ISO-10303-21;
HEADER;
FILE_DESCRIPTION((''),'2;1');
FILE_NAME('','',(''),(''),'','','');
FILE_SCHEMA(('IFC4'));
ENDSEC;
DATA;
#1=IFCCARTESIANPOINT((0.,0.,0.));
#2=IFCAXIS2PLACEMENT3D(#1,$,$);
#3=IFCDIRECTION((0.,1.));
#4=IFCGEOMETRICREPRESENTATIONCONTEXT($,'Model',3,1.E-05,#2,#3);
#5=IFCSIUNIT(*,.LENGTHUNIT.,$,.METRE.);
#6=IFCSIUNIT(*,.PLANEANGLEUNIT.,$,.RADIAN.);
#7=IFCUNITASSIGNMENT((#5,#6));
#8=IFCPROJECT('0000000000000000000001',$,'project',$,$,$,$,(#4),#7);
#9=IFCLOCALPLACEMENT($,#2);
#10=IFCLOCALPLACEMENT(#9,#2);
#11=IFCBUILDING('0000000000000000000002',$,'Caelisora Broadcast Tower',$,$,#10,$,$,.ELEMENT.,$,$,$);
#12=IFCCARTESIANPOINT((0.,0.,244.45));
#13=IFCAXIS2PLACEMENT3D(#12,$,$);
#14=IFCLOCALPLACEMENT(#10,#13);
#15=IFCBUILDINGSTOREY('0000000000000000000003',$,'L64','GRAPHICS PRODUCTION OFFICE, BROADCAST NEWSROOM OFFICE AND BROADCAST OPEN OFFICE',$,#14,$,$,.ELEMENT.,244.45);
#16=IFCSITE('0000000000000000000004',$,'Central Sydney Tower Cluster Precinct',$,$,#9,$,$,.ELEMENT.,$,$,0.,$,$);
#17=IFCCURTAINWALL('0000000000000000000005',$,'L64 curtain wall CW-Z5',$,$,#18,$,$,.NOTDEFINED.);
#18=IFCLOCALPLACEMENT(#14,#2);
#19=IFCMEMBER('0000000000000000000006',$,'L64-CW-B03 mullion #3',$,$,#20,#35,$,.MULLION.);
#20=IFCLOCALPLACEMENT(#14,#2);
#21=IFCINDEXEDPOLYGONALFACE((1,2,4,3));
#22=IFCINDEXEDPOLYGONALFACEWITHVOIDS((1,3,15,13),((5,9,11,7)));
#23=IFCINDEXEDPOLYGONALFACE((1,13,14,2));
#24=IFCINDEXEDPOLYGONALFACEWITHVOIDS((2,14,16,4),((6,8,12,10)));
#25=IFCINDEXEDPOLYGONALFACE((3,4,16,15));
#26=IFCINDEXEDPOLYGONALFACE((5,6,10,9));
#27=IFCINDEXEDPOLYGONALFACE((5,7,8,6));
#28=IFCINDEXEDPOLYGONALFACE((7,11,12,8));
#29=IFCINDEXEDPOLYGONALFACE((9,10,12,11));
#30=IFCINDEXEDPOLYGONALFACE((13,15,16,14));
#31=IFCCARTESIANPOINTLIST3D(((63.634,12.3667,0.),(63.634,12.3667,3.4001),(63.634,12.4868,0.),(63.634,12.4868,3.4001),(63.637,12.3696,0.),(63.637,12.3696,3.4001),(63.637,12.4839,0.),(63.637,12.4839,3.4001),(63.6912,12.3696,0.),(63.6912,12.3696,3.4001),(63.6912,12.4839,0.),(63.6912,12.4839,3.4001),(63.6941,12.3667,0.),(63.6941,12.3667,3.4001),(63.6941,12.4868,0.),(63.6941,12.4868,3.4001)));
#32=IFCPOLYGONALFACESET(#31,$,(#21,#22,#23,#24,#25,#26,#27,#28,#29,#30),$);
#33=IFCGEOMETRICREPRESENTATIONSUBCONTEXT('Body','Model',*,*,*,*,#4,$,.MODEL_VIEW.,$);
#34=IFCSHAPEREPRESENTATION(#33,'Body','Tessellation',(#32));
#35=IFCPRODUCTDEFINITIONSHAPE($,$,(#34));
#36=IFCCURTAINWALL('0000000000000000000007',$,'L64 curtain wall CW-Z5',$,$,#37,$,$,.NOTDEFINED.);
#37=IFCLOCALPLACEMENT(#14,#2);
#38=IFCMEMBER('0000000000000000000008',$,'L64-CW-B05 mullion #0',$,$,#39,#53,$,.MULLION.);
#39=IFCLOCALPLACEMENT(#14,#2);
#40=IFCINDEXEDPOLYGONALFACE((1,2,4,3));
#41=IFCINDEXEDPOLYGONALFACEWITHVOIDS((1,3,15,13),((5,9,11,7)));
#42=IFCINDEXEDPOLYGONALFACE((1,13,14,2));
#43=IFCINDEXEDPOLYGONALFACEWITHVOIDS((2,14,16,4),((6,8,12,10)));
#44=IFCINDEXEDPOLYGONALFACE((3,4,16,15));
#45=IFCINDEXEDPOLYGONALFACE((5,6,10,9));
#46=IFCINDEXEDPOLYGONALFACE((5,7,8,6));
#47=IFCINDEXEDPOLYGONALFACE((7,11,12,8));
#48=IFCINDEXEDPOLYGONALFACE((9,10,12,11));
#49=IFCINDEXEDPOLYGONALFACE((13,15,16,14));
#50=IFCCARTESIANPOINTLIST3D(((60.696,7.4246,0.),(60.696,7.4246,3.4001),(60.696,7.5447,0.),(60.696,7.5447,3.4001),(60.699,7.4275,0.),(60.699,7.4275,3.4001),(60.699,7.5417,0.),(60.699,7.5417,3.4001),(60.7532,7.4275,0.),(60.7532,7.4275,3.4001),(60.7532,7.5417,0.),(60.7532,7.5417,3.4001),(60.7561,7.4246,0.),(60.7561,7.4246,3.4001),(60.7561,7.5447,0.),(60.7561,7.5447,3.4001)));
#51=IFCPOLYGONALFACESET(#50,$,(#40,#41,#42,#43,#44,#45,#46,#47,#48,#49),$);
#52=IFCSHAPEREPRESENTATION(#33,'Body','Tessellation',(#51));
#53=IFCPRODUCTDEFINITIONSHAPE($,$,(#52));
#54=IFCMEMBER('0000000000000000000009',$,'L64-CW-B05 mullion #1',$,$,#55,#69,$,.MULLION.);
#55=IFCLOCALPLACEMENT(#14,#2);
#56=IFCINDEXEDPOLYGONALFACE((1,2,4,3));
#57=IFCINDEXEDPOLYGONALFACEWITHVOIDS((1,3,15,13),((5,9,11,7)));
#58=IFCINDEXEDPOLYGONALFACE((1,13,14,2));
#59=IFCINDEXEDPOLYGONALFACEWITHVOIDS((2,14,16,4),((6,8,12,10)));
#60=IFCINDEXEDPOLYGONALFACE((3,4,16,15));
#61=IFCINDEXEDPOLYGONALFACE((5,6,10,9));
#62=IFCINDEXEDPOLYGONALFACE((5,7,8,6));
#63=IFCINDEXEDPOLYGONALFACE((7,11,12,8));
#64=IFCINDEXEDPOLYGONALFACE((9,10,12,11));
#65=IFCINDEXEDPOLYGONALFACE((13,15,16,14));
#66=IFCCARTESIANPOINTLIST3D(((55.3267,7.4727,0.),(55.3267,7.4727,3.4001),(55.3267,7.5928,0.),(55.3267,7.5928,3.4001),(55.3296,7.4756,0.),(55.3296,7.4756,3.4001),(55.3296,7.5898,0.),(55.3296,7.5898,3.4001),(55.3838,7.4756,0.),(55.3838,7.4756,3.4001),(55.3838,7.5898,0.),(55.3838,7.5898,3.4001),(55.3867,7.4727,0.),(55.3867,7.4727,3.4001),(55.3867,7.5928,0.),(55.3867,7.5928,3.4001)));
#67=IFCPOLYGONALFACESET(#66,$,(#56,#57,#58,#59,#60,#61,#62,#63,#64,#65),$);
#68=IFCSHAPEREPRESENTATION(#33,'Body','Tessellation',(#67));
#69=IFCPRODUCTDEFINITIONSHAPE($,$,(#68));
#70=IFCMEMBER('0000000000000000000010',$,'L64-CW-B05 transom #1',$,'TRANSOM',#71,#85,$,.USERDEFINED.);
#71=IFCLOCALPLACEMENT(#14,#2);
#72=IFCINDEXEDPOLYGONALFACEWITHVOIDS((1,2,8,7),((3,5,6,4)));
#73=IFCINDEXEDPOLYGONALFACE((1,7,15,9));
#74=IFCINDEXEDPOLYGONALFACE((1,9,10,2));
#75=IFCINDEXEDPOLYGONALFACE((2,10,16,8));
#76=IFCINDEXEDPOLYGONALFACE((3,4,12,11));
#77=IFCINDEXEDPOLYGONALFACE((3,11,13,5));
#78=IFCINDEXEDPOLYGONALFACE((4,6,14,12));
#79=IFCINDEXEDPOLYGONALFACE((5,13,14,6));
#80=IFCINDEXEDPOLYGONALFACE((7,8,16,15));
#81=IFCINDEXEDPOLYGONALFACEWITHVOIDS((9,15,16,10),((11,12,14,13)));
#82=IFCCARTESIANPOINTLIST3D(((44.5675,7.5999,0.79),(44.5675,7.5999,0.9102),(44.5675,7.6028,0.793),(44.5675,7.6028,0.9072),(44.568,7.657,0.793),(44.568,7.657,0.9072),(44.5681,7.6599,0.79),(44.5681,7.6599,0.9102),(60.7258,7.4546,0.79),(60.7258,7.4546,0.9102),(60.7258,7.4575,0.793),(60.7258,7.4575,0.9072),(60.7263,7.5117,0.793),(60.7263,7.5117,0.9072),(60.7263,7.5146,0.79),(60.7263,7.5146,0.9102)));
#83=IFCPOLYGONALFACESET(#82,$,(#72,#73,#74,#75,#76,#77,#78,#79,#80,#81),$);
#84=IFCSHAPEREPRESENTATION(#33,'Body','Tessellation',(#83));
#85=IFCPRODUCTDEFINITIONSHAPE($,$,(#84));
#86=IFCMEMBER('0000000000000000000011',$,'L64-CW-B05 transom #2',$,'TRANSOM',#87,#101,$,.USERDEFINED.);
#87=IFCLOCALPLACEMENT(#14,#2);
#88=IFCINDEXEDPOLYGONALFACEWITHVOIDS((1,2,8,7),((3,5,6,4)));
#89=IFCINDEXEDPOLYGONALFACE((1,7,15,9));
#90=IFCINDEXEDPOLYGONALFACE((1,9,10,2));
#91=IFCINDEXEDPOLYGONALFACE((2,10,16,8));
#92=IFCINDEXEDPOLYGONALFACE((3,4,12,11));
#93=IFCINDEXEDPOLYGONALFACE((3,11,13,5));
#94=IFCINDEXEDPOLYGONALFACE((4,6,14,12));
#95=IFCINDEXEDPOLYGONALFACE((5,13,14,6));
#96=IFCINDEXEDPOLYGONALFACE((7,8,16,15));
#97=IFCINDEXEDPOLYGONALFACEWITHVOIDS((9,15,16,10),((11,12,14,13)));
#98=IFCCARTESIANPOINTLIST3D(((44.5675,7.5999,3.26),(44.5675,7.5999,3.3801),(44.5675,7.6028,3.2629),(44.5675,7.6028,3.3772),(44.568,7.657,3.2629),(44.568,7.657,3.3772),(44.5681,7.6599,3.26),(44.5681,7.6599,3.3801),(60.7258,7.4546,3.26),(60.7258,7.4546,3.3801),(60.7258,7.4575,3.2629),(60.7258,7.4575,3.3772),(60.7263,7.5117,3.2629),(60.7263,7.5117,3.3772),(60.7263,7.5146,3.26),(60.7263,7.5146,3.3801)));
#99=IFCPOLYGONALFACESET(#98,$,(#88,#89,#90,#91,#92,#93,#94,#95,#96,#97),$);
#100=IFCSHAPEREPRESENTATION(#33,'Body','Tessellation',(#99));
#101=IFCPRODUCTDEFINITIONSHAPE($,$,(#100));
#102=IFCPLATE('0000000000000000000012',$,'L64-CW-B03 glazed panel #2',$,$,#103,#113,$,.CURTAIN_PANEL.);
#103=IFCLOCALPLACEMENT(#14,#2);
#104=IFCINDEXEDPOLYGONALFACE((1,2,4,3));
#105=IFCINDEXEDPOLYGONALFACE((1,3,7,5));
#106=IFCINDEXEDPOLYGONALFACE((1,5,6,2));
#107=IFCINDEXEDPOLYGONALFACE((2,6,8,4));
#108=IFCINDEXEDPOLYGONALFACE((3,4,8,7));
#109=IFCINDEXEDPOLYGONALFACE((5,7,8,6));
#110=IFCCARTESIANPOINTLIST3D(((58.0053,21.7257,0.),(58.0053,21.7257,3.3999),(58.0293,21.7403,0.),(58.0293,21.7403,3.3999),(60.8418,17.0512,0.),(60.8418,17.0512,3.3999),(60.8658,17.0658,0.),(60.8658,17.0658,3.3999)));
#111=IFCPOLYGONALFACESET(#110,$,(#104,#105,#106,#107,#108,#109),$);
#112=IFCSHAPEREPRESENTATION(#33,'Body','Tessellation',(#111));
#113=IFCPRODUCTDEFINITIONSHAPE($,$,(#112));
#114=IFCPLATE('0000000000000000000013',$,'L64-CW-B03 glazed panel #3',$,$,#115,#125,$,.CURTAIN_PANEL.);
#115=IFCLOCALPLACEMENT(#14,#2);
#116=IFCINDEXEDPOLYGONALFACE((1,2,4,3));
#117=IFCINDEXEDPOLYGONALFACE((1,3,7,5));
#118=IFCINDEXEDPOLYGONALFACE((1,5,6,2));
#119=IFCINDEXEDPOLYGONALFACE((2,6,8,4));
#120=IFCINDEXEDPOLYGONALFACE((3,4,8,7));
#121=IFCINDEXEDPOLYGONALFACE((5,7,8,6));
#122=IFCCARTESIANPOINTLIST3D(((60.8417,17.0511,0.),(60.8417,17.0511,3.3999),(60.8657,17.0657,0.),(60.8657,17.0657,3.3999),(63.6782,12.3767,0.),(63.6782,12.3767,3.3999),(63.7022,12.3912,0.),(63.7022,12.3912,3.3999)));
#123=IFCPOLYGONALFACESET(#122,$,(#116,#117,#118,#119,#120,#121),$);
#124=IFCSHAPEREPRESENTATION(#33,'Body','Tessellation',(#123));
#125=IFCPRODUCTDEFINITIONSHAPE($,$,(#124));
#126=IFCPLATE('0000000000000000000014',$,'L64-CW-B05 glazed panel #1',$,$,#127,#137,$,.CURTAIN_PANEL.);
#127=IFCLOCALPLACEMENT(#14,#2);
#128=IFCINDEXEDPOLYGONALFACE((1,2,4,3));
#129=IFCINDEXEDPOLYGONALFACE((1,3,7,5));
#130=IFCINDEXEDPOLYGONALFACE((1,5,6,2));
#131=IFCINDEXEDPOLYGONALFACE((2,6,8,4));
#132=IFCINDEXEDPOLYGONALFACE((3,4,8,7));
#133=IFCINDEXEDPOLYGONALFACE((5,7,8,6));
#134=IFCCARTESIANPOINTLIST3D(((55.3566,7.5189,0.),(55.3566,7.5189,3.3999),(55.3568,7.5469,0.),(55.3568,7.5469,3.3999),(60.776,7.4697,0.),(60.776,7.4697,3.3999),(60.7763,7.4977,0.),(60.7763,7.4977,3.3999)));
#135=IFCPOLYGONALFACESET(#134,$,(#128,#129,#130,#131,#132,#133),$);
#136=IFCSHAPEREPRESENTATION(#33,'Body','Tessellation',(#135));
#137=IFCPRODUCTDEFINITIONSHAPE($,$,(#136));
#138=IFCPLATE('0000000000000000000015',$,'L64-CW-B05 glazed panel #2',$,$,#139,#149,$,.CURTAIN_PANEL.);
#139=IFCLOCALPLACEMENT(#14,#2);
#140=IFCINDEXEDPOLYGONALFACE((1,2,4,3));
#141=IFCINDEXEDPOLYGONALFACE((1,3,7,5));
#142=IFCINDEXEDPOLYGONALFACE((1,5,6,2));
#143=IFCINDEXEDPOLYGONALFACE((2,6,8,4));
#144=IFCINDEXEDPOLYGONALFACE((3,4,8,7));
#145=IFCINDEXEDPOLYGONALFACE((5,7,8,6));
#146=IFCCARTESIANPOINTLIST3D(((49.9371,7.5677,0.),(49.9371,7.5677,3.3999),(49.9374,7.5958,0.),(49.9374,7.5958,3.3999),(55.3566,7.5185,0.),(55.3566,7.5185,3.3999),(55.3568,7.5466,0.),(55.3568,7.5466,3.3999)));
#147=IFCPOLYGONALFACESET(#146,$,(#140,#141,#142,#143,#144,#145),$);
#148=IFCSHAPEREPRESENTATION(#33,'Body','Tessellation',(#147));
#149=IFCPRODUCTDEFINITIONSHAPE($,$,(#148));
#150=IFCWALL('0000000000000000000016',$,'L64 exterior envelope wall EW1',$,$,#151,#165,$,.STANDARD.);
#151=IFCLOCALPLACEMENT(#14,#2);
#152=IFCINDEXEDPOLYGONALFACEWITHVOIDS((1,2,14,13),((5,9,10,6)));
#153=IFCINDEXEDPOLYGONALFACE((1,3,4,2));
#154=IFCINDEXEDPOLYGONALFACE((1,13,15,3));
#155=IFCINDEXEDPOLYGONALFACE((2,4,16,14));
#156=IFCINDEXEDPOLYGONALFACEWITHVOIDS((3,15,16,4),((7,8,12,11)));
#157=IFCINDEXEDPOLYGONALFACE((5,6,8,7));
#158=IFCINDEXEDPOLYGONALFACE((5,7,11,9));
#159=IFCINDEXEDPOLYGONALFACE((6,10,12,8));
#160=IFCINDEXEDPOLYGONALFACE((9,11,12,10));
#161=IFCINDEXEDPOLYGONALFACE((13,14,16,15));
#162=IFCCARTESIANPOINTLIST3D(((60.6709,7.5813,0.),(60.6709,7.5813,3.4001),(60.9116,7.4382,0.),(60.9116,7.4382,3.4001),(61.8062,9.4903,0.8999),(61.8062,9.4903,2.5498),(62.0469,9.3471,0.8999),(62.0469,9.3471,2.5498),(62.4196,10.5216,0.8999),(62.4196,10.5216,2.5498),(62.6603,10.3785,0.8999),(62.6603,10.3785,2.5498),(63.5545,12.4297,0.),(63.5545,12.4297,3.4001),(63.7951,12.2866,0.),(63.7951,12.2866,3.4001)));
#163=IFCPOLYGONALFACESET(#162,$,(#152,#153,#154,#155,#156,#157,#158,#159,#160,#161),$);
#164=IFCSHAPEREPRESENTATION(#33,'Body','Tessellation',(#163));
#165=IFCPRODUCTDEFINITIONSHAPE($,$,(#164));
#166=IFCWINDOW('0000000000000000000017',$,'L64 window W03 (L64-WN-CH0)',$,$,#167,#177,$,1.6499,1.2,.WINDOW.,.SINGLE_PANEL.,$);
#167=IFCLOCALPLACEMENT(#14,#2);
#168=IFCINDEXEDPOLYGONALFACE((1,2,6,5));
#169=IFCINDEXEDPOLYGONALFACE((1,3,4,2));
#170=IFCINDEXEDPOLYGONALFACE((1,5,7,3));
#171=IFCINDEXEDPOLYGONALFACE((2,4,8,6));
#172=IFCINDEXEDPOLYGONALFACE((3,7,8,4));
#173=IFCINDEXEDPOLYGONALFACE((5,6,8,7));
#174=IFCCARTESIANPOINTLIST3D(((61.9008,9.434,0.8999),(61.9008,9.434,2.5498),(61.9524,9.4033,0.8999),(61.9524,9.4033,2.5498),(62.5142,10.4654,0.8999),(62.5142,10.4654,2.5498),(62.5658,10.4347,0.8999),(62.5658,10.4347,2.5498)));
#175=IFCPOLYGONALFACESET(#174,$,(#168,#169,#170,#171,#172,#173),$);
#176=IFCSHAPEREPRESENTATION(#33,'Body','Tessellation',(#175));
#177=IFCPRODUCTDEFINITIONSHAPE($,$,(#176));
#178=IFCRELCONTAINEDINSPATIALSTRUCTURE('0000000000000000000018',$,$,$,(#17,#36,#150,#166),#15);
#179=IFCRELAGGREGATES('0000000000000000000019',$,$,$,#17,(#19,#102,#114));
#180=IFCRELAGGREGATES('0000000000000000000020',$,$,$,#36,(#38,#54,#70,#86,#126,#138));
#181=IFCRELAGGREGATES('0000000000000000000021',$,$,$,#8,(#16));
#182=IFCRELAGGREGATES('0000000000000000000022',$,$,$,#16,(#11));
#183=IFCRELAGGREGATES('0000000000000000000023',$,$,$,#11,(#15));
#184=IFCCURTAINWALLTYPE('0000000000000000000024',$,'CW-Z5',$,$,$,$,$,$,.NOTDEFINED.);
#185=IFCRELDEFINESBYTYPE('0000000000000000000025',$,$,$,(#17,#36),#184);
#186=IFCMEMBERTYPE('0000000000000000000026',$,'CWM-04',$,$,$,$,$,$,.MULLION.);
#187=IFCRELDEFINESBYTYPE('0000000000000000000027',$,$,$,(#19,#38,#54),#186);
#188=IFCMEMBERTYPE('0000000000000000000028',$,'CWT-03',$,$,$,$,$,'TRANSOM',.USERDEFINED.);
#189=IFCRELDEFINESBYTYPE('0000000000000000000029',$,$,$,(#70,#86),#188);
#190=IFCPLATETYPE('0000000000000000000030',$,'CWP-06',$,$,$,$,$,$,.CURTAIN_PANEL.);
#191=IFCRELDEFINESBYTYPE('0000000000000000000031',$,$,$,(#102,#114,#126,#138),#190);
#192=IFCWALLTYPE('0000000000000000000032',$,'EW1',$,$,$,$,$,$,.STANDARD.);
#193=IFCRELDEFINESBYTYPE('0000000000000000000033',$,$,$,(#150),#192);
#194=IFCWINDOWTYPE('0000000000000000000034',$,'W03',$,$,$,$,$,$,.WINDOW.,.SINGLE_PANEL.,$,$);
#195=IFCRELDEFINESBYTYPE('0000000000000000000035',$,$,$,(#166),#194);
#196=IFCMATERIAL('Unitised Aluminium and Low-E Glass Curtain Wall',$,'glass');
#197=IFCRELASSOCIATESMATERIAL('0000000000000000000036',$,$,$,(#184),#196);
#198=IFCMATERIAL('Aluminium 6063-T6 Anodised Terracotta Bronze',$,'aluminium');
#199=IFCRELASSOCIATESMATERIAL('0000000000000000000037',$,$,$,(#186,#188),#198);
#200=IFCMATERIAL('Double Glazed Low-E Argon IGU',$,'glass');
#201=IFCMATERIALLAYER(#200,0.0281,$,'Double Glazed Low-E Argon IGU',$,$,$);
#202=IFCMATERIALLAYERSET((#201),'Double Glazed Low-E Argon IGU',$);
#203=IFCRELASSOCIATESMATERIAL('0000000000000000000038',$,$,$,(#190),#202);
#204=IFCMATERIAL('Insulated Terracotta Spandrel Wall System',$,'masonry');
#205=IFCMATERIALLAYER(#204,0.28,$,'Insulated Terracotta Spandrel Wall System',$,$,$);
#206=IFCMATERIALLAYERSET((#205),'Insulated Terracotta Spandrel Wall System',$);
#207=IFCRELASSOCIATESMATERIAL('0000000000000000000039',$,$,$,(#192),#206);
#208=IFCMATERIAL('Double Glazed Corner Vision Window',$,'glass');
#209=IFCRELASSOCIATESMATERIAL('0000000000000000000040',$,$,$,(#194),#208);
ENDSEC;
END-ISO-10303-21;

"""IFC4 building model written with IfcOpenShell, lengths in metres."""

from ifc_helpers import new_model, si_unit, direction, frame, frame_2d, origin, origin_2d, place, context, subcontext, project, spatial, rectangle, hollow_rectangle, extrude, source, transform, mapped, material, layer, layer_set, material_profile, profile_set, type_object, type_shapes, element, fill, aggregate, save


model = new_model("IFC4")

# Units and contexts
model_context = context("Model", 3, precision=1e-05, world=origin(), true_north=direction((0.0, 1.0)))
body_context = subcontext(model_context, "Body", "Model", "MODEL_VIEW")
ifc_project = project(units=[si_unit("LENGTHUNIT", "METRE"), si_unit("PLANEANGLEUNIT", "RADIAN")], contexts=[model_context])

# Site, building, storey
site_placement = place(None, origin())
site = spatial("IfcSite", under=ifc_project, at=site_placement, Name="Central Sydney Tower Cluster Precinct", CompositionType="ELEMENT", RefElevation=0.0)
building_placement = place(site_placement, origin())
building = spatial("IfcBuilding", under=site, at=building_placement, Name="Caelisora Broadcast Tower", CompositionType="ELEMENT")
storey_placement = place(building_placement, frame((0.0, 0.0, 244.45)))
storey = spatial("IfcBuildingStorey", under=building, at=storey_placement, Name="L64", Description="GRAPHICS PRODUCTION OFFICE, BROADCAST NEWSROOM OFFICE AND BROADCAST OPEN OFFICE", CompositionType="ELEMENT", Elevation=244.45)

# Curtain walls, members
ifc_material_1 = material(Name="Unitised Aluminium and Low-E Glass Curtain Wall", Category="glass")
curtain_wall_type = type_object("IfcCurtainWallType", Name="CW-Z5", PredefinedType="NOTDEFINED", material=ifc_material_1)
curtain_wall_1_placement = place(storey_placement, origin())
curtain_wall_1 = element("IfcCurtainWall", 1, at=curtain_wall_1_placement, inside=storey, type_object=curtain_wall_type, Name="L64 curtain wall CW-Z5", PredefinedType="NOTDEFINED")
ifc_material_2 = material(Name="Aluminium 6063-T6 Anodised Terracotta Bronze", Category="aluminium")
ifc_material_profile_1 = material_profile(ifc_material_2, hollow_rectangle(XDim=0.0601, YDim=0.1201, WallThickness=0.0029, at=origin_2d()), Name="Aluminium 6063-T6 Anodised Terracotta Bronze")
ifc_profile_set_1 = profile_set([ifc_material_profile_1], Name="Aluminium 6063-T6 Anodised Terracotta Bronze")
member_type_1 = type_object("IfcMemberType", Name="CWM-04", PredefinedType="MULLION", material=ifc_profile_set_1)
shared_shape_1 = source(origin(), body_context, "Body", "SweptSolid", [
    extrude(hollow_rectangle(XDim=0.0601, YDim=0.1201, WallThickness=0.0029, at=origin_2d()), origin(), (0.0, 0.0, 1.0), 3.4001),
])
type_shapes(member_type_1, [shared_shape_1])
member_1_placement = place(storey_placement, frame((63.6641, 12.4268, 0.0), z_axis=(0.0, 0.0, 1.0), x_axis=(1.0, 0.0, 0.0)))
member_1 = element("IfcMember", 2, at=member_1_placement, type_object=member_type_1, Name="L64-CW-B03 mullion #3", PredefinedType="MULLION", context=body_context, shape_type="MappedRepresentation", body=[
    mapped(shared_shape_1, transform((0.0, 0.0, 0.0), scale=1.0)),
])
curtain_wall_2_placement = place(storey_placement, origin())
curtain_wall_2 = element("IfcCurtainWall", 3, at=curtain_wall_2_placement, inside=storey, type_object=curtain_wall_type, Name="L64 curtain wall CW-Z5", PredefinedType="NOTDEFINED")
member_2_placement = place(storey_placement, frame((60.7261, 7.4846, 0.0), z_axis=(0.0, 0.0, 1.0), x_axis=(1.0, 0.0, 0.0)))
member_2 = element("IfcMember", 4, at=member_2_placement, type_object=member_type_1, Name="L64-CW-B05 mullion #0", PredefinedType="MULLION", context=body_context, shape_type="MappedRepresentation", body=[
    mapped(shared_shape_1, transform((0.0, 0.0, 0.0), scale=1.0)),
])
member_3_placement = place(storey_placement, frame((55.3567, 7.5327, 0.0), z_axis=(0.0, 0.0, 1.0), x_axis=(1.0, 0.0, 0.0)))
member_3 = element("IfcMember", 5, at=member_3_placement, type_object=member_type_1, Name="L64-CW-B05 mullion #1", PredefinedType="MULLION", context=body_context, shape_type="MappedRepresentation", body=[
    mapped(shared_shape_1, transform((0.0, 0.0, 0.0), scale=1.0)),
])
ifc_material_profile_2 = material_profile(ifc_material_2, hollow_rectangle(XDim=0.0601, YDim=0.1201, WallThickness=0.0029, at=origin_2d()), Name="Aluminium 6063-T6 Anodised Terracotta Bronze")
ifc_profile_set_2 = profile_set([ifc_material_profile_2], Name="Aluminium 6063-T6 Anodised Terracotta Bronze")
member_type_2 = type_object("IfcMemberType", Name="CWT-03", ElementType="TRANSOM", PredefinedType="USERDEFINED", material=ifc_profile_set_2)
shared_shape_2 = source(origin(), body_context, "Body", "SweptSolid", [
    extrude(hollow_rectangle(XDim=0.0601, YDim=0.1201, WallThickness=0.0029, at=origin_2d()), origin(), (0.0, 0.0, 1.0), 16.1589),
])
type_shapes(member_type_2, [shared_shape_2])
member_4_placement = place(storey_placement, frame((60.7261, 7.4846, 0.8501), z_axis=(-0.99996, 0.00899, 0.0), x_axis=(-0.00899, -0.99996, 0.0)))
member_4 = element("IfcMember", 6, at=member_4_placement, type_object=member_type_2, Name="L64-CW-B05 transom #1", ObjectType="TRANSOM", PredefinedType="USERDEFINED", context=body_context, shape_type="MappedRepresentation", body=[
    mapped(shared_shape_2, transform((0.0, 0.0, 0.0), scale=1.0)),
])
member_5_placement = place(storey_placement, frame((60.7261, 7.4846, 3.3201), z_axis=(-0.99996, 0.00899, 0.0), x_axis=(-0.00899, -0.99996, 0.0)))
member_5 = element("IfcMember", 7, at=member_5_placement, type_object=member_type_2, Name="L64-CW-B05 transom #2", ObjectType="TRANSOM", PredefinedType="USERDEFINED", context=body_context, shape_type="MappedRepresentation", body=[
    mapped(shared_shape_2, transform((0.0, 0.0, 0.0), scale=1.0)),
])

# Plates
ifc_material_3 = material(Name="Double Glazed Low-E Argon IGU", Category="glass")
ifc_layer_1 = layer(ifc_material_3, 0.0281, Name="Double Glazed Low-E Argon IGU")
ifc_layer_set_1 = layer_set([ifc_layer_1], Name="Double Glazed Low-E Argon IGU")
plate_type = type_object("IfcPlateType", Name="CWP-06", PredefinedType="CURTAIN_PANEL", material=ifc_layer_set_1)
shared_shape_3 = source(origin(), body_context, "Body", "SweptSolid", [
    extrude(rectangle(XDim=5.4678, YDim=0.0281, at=origin_2d()), origin(), (0.0, 0.0, 1.0), 3.3999),
])
plate_1_placement = place(storey_placement, frame((59.4355, 19.3958, 0.0), z_axis=(0.0, 0.0, 1.0), x_axis=(0.518773, -0.854912, 0.0)))
plate_1 = element("IfcPlate", 8, at=plate_1_placement, type_object=plate_type, Name="L64-CW-B03 glazed panel #2", PredefinedType="CURTAIN_PANEL", context=body_context, shape_type="MappedRepresentation", body=[
    mapped(shared_shape_3, transform((0.0, 0.0, 0.0), scale=1.0)),
])
plate_2_placement = place(storey_placement, frame((62.272, 14.7212, 0.0), z_axis=(0.0, 0.0, 1.0), x_axis=(0.518773, -0.854912, 0.0)))
plate_2 = element("IfcPlate", 9, at=plate_2_placement, type_object=plate_type, Name="L64-CW-B03 glazed panel #3", PredefinedType="CURTAIN_PANEL", context=body_context, shape_type="MappedRepresentation", body=[
    mapped(shared_shape_3, transform((0.0, 0.0, 0.0), scale=1.0)),
])
aggregate(curtain_wall_1, [member_1, plate_1, plate_2])
shared_shape_4 = source(origin(), body_context, "Body", "SweptSolid", [
    extrude(rectangle(XDim=5.4197, YDim=0.0281, at=origin_2d()), origin(), (0.0, 0.0, 1.0), 3.3999),
])
type_shapes(plate_type, [shared_shape_3, shared_shape_4])
plate_3_placement = place(storey_placement, frame((58.0664, 7.5083, 0.0), z_axis=(0.0, 0.0, 1.0), x_axis=(-0.999959, 0.009076, 0.0)))
plate_3 = element("IfcPlate", 10, at=plate_3_placement, type_object=plate_type, Name="L64-CW-B05 glazed panel #1", PredefinedType="CURTAIN_PANEL", context=body_context, shape_type="MappedRepresentation", body=[
    mapped(shared_shape_4, transform((0.0, 0.0, 0.0), scale=1.0)),
])
plate_4_placement = place(storey_placement, frame((52.647, 7.5571, 0.0), z_axis=(0.0, 0.0, 1.0), x_axis=(-0.999959, 0.009076, 0.0)))
plate_4 = element("IfcPlate", 11, at=plate_4_placement, type_object=plate_type, Name="L64-CW-B05 glazed panel #2", PredefinedType="CURTAIN_PANEL", context=body_context, shape_type="MappedRepresentation", body=[
    mapped(shared_shape_4, transform((0.0, 0.0, 0.0), scale=1.0)),
])
aggregate(curtain_wall_2, [member_2, member_3, member_4, member_5, plate_3, plate_4])

# Wall, opening, window
ifc_material_4 = material(Name="Insulated Terracotta Spandrel Wall System", Category="masonry")
ifc_layer_2 = layer(ifc_material_4, 0.28, Name="Insulated Terracotta Spandrel Wall System")
ifc_layer_set_2 = layer_set([ifc_layer_2], Name="Insulated Terracotta Spandrel Wall System")
wall_type = type_object("IfcWallType", Name="EW1", PredefinedType="STANDARD", material=ifc_layer_set_2)
wall_placement = place(storey_placement, frame((63.6748, 12.3582, 0.0), z_axis=(0.0, 0.0, 1.0), x_axis=(-0.51117, -0.85948, 0.0)))
wall = element("IfcWall", 12, at=wall_placement, inside=storey, type_object=wall_type, Name="L64 exterior envelope wall EW1", PredefinedType="STANDARD", context=body_context, shape_type="SweptSolid", body=[
    extrude(rectangle(XDim=5.6411, YDim=0.28, at=frame_2d((2.8206, 0.0))), origin(), (0.0, 0.0, 1.0), 3.4001),
])
opening_placement = place(wall_placement, frame((2.22, 0.0, 0.8999)))
opening = element("IfcOpeningElement", 13, at=opening_placement, cuts=wall, PredefinedType="OPENING", context=body_context, shape_type="SweptSolid", body=[
    extrude(rectangle(XDim=1.2, YDim=1.6499, at=frame_2d((0.6001, 0.825))), frame((0.0, 0.1521, 0.0), z_axis=(0.0, -1.0, 0.0), x_axis=(1.0, 0.0, 0.0)), (0.0, 0.0, 1.0), 0.304),
])
ifc_material_5 = material(Name="Double Glazed Corner Vision Window", Category="glass")
window_type = type_object("IfcWindowType", Name="W03", PartitioningType="SINGLE_PANEL", PredefinedType="WINDOW", material=ifc_material_5)
window_placement = place(opening_placement, origin())
window = element("IfcWindow", 14, at=window_placement, inside=storey, type_object=window_type, Name="L64 window W03 (L64-WN-CH0)", OverallHeight=1.6499, OverallWidth=1.2, PartitioningType="SINGLE_PANEL", PredefinedType="WINDOW", context=body_context, shape_type="SweptSolid", body=[
    extrude(rectangle(XDim=1.2, YDim=1.6499, at=frame_2d((0.6001, 0.825))), frame((0.0, 0.03, 0.0), z_axis=(0.0, -1.0, 0.0), x_axis=(1.0, 0.0, 0.0)), (0.0, 0.0, 1.0), 0.0601),
])
fill(opening, window)

save(model, "model.ifc")
